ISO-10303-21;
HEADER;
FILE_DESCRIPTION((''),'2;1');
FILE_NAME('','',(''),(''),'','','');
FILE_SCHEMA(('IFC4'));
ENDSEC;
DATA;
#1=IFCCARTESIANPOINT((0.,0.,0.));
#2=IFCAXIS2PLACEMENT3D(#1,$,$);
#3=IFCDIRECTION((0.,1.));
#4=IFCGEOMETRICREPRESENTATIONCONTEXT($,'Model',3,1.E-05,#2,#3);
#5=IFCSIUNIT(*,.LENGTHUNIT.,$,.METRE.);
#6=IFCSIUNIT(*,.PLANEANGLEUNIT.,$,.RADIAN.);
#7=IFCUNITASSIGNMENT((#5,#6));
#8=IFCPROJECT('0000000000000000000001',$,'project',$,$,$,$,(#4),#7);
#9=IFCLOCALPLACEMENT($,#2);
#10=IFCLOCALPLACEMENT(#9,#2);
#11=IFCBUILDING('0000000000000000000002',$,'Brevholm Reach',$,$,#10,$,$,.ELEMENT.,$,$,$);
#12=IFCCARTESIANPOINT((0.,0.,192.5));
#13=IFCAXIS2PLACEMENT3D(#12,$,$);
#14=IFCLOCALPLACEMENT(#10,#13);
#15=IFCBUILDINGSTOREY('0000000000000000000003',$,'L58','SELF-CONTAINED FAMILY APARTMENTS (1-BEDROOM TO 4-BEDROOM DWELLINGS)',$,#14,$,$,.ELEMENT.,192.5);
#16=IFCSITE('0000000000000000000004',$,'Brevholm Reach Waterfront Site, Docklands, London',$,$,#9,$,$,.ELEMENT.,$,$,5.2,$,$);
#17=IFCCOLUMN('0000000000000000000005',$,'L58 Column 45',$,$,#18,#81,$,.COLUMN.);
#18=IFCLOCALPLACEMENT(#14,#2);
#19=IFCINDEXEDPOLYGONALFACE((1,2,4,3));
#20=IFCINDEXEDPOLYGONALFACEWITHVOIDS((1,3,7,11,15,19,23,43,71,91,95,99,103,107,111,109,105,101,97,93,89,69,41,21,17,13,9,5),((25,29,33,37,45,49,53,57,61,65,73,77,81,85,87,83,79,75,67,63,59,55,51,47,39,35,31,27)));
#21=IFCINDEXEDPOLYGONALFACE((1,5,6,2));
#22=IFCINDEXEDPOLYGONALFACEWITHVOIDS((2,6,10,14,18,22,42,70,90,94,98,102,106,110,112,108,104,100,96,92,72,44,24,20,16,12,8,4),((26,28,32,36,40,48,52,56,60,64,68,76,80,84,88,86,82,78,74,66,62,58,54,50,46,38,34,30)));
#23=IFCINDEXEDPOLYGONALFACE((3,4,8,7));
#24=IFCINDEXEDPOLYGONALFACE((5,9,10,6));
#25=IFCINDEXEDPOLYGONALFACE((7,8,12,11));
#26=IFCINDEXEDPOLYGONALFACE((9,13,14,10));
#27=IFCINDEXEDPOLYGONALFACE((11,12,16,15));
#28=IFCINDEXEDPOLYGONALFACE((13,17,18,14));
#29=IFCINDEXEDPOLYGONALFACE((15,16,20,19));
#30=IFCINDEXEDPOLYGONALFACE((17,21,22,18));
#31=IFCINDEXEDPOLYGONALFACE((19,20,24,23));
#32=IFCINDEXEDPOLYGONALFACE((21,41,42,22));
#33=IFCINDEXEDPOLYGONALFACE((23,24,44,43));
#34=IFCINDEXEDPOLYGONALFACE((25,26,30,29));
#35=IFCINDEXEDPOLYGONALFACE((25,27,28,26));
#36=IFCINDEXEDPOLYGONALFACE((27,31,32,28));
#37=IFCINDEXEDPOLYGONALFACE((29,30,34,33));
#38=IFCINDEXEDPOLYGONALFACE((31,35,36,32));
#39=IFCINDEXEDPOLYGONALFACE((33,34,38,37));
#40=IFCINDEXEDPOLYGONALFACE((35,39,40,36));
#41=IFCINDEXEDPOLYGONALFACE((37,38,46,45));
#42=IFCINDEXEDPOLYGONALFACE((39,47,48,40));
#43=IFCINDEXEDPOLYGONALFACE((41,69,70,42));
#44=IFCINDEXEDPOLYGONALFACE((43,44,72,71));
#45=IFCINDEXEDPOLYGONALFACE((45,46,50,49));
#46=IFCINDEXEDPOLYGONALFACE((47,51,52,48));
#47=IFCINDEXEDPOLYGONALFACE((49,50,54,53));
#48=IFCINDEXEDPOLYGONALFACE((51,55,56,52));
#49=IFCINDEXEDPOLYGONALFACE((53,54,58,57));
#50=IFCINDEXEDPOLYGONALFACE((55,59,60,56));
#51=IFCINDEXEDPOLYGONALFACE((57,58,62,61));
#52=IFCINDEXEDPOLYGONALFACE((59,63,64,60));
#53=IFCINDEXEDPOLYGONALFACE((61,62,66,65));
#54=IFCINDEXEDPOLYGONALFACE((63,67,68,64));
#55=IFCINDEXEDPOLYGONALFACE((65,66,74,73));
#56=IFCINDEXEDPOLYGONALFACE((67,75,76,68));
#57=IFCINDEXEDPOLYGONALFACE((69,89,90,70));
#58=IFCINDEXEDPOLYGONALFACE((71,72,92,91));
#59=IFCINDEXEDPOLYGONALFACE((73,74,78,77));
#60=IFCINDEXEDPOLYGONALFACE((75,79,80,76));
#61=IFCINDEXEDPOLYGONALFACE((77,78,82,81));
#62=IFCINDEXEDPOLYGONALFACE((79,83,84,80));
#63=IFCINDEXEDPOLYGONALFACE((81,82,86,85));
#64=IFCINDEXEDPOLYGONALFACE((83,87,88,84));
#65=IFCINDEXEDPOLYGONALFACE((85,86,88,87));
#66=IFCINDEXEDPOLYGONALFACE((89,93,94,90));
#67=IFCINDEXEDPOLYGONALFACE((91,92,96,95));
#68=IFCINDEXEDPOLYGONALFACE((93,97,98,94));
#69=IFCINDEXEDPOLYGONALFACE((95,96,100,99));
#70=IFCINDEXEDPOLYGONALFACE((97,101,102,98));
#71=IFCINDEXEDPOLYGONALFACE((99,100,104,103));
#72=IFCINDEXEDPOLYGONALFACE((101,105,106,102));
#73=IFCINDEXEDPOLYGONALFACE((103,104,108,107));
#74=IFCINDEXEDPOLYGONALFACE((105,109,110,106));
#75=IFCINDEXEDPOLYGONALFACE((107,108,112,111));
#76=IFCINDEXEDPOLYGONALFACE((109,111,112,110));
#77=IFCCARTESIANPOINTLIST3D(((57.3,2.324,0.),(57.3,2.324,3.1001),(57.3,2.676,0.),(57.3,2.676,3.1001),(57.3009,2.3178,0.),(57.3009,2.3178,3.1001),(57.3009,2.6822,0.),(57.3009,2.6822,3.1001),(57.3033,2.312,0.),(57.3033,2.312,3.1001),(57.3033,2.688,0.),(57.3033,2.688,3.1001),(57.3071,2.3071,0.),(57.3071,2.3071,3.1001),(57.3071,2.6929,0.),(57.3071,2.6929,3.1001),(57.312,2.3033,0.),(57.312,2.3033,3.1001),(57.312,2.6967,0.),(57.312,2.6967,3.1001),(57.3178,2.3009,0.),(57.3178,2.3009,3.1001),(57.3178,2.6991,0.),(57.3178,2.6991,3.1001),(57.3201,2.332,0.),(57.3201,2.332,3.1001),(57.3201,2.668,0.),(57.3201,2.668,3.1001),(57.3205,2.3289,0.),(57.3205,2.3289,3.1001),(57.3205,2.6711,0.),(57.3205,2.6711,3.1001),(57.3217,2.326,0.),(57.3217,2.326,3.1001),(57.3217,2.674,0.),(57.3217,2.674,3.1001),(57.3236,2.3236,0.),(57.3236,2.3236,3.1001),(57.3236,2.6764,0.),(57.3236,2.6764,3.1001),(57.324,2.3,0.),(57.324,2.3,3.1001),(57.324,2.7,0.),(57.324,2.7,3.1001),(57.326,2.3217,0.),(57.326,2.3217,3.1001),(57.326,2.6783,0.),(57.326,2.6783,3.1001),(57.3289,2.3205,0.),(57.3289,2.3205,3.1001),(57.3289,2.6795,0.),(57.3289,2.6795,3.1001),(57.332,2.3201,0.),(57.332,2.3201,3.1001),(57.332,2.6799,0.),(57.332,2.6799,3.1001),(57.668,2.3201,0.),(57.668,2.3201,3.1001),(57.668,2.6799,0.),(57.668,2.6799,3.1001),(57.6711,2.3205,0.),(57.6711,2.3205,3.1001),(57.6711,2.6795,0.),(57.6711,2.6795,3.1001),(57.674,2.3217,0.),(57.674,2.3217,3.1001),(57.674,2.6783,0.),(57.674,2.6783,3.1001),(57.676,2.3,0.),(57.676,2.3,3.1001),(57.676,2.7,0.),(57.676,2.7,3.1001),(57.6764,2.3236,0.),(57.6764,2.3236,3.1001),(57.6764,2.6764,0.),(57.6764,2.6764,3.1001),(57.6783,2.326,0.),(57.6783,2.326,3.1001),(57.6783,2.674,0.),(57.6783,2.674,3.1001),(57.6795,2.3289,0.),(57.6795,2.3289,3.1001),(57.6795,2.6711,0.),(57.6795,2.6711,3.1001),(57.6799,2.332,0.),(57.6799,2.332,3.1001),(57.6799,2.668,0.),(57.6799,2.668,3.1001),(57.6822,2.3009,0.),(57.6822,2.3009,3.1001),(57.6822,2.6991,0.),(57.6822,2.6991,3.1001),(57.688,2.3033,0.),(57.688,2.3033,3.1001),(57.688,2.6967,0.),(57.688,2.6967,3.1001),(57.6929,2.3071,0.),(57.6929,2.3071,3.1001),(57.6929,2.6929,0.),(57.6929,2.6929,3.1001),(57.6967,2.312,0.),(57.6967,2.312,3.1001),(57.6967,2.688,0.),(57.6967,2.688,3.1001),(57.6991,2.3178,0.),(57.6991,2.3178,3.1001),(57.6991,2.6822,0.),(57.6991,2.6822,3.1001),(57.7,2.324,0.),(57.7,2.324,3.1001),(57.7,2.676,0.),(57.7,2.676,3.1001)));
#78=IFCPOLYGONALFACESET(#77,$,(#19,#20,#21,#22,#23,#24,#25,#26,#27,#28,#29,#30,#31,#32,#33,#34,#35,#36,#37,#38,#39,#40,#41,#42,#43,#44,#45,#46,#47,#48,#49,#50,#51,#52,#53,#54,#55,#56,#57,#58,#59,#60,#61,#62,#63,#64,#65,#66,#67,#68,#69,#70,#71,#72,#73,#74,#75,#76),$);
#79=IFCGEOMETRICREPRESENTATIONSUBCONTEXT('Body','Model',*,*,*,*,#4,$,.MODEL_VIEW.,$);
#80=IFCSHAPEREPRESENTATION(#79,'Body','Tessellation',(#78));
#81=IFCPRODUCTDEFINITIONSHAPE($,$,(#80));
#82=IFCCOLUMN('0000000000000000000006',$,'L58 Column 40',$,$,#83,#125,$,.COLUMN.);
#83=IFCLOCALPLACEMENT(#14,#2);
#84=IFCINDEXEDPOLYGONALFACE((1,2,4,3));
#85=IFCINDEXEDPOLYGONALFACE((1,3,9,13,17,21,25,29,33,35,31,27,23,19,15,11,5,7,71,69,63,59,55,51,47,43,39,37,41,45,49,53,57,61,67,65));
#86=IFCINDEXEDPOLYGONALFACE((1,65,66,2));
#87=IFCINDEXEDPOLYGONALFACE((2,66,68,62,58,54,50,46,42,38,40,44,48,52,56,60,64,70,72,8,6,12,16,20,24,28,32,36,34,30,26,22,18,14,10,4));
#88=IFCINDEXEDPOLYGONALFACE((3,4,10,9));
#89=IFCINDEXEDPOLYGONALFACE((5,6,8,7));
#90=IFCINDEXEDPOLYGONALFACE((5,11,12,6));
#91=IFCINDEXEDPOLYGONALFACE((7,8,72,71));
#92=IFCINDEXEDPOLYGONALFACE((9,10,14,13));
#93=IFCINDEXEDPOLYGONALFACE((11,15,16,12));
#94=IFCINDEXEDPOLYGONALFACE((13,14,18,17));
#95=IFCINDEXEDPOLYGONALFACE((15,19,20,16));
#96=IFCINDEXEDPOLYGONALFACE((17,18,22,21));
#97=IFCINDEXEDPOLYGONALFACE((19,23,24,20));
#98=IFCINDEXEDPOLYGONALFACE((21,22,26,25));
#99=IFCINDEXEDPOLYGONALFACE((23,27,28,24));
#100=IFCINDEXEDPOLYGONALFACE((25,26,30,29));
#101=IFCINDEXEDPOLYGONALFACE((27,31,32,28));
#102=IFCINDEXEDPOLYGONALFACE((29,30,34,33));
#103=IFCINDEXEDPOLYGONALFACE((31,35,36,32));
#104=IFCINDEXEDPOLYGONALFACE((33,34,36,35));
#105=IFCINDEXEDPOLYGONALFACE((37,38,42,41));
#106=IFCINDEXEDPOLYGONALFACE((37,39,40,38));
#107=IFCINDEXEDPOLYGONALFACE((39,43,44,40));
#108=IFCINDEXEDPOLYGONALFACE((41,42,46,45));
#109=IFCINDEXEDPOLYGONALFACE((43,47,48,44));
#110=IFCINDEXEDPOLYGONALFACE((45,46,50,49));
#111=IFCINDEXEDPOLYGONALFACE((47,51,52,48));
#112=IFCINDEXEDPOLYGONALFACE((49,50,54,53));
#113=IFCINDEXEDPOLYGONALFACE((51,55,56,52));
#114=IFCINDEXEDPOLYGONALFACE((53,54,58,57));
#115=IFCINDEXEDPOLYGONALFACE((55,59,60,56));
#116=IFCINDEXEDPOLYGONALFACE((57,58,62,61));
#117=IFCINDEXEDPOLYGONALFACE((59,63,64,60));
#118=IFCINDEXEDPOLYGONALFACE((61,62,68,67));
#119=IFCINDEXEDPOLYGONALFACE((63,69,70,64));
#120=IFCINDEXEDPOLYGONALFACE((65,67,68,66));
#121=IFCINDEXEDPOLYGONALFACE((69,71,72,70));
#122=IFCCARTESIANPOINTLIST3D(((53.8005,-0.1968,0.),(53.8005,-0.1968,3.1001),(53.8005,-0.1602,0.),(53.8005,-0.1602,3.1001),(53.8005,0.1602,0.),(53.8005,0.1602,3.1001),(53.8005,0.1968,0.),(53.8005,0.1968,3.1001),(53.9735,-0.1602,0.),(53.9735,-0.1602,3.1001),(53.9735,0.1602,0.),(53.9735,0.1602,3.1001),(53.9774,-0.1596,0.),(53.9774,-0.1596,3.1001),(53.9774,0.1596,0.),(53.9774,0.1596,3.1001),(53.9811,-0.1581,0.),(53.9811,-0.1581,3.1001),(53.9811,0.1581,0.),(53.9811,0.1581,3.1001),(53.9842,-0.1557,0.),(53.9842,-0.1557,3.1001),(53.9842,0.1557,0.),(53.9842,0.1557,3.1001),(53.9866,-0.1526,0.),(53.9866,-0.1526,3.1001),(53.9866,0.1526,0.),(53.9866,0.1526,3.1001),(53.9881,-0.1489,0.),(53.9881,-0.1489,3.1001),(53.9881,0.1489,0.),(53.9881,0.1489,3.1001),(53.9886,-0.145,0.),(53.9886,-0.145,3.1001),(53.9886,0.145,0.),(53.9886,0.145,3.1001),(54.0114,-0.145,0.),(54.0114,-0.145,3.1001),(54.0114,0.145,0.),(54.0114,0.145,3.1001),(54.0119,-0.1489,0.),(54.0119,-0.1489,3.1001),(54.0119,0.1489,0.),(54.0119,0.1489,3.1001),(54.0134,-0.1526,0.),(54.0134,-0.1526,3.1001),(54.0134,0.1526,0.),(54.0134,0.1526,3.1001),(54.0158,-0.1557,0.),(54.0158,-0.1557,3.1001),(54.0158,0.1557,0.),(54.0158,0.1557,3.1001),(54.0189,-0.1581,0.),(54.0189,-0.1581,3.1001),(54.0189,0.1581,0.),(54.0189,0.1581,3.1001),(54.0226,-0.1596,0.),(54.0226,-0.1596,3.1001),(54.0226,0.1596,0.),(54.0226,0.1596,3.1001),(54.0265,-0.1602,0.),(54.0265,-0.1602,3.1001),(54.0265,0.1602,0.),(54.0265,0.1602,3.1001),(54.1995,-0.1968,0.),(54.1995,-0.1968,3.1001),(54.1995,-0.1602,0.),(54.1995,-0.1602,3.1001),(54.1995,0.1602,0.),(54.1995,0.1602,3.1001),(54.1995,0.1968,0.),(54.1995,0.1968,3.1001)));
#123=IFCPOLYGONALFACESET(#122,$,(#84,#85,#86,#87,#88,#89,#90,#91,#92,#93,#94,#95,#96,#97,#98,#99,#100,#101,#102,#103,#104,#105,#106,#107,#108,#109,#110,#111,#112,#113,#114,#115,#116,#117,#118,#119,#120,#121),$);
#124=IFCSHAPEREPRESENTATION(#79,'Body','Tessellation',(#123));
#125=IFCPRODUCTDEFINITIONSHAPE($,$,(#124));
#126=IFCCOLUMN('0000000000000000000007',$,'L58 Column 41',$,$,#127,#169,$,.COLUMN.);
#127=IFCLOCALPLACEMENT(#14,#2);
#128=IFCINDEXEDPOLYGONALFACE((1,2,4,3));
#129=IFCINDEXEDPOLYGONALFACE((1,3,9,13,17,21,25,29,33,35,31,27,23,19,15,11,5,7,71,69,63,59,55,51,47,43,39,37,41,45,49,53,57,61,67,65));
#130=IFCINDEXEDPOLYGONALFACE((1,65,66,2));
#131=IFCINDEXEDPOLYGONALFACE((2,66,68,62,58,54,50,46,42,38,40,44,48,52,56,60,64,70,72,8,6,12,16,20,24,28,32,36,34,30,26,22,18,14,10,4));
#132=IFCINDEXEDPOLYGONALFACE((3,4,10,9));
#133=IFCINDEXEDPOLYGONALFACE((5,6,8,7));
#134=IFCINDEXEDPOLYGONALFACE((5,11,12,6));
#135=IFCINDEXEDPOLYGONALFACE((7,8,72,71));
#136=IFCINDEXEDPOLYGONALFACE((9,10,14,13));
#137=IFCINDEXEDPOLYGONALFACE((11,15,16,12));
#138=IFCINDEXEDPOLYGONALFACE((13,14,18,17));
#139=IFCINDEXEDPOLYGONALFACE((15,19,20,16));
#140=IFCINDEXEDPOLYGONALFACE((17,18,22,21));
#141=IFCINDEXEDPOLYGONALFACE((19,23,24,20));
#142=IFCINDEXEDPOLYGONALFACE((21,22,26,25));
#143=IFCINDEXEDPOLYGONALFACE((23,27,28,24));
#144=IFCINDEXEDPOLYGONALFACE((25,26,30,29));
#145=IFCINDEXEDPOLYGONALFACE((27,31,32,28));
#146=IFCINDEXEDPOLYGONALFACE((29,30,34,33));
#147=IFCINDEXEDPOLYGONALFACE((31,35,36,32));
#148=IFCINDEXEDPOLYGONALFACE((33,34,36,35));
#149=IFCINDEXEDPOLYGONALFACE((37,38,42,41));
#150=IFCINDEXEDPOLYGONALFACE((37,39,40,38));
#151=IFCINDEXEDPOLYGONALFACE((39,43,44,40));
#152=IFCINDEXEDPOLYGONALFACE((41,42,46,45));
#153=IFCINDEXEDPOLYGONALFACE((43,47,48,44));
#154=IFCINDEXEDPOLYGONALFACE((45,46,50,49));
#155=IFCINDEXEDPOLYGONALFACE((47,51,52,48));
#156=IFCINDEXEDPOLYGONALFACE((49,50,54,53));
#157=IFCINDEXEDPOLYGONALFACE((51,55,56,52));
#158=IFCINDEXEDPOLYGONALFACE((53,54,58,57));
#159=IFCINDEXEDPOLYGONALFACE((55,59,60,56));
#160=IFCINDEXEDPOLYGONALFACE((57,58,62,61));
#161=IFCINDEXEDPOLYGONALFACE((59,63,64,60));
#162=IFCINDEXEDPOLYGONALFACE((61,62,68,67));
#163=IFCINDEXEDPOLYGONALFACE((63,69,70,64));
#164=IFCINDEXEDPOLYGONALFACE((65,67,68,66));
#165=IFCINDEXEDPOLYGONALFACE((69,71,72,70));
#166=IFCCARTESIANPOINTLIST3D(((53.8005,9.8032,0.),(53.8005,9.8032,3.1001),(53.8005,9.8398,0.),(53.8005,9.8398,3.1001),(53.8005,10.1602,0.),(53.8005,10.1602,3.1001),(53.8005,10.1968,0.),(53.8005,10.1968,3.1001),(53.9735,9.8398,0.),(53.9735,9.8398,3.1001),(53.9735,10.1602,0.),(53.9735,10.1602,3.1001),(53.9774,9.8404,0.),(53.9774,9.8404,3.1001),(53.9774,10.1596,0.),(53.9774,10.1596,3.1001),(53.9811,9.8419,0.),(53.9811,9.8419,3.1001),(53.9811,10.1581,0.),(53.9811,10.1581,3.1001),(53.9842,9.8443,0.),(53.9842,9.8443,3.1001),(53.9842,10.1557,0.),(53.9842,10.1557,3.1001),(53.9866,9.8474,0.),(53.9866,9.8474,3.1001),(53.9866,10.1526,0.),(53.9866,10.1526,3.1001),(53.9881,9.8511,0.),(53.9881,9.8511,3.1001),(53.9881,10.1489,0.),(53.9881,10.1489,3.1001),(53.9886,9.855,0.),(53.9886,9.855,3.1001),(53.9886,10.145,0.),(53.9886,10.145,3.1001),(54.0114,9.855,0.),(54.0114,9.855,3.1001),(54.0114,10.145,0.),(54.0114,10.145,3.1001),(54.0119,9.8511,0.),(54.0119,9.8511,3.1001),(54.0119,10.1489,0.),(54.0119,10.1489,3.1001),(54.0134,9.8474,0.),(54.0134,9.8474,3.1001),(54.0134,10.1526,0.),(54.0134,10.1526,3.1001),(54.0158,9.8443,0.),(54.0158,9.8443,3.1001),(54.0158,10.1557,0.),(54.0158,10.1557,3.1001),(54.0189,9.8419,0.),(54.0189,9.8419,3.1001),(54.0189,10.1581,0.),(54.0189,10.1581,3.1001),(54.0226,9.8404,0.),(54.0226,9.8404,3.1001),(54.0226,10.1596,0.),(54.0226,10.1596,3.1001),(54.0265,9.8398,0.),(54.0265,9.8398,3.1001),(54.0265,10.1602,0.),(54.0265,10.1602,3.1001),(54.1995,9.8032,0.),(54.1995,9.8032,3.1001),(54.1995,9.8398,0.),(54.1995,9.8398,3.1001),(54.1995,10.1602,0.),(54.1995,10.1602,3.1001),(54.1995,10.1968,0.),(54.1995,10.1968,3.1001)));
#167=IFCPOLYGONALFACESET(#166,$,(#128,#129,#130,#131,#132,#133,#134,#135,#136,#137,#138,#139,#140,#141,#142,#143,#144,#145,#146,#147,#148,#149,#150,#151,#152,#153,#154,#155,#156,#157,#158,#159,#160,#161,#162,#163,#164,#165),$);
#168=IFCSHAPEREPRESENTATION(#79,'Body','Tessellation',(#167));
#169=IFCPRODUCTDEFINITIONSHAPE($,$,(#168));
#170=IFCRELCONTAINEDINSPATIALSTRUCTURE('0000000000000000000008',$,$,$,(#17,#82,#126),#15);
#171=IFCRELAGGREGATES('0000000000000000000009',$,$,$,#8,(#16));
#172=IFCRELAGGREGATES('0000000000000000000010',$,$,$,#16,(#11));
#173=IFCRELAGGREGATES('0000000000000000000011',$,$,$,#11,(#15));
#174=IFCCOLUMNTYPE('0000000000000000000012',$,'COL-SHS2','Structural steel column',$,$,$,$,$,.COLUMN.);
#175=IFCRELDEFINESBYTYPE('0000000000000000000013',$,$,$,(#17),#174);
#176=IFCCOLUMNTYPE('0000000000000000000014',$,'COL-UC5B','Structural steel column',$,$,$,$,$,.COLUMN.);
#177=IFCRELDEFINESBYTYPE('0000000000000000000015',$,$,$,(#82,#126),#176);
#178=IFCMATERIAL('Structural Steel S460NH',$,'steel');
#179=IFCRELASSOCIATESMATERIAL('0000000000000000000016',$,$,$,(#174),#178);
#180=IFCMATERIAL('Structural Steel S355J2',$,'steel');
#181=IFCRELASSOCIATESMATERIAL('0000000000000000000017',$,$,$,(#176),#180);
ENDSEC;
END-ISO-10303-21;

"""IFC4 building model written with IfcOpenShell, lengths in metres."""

from ifc_helpers import new_model, si_unit, direction, frame, origin, origin_2d, place, context, subcontext, project, spatial, hollow_rectangle, i_section, extrude, material, material_profile, profile_set, type_object, element, save


model = new_model("IFC4")

# Units and contexts
model_context = context("Model", 3, precision=1e-05, world=origin(), true_north=direction((0.0, 1.0)))
body_context = subcontext(model_context, "Body", "Model", "MODEL_VIEW")
ifc_project = project(units=[si_unit("LENGTHUNIT", "METRE"), si_unit("PLANEANGLEUNIT", "RADIAN")], contexts=[model_context])

# Site, building, storey
site_placement = place(None, origin())
site = spatial("IfcSite", under=ifc_project, at=site_placement, Name="Brevholm Reach Waterfront Site, Docklands, London", CompositionType="ELEMENT", RefElevation=5.2)
building_placement = place(site_placement, origin())
building = spatial("IfcBuilding", under=site, at=building_placement, Name="Brevholm Reach", CompositionType="ELEMENT")
storey_placement = place(building_placement, frame((0.0, 0.0, 192.5)))
storey = spatial("IfcBuildingStorey", under=building, at=storey_placement, Name="L58", Description="SELF-CONTAINED FAMILY APARTMENTS (1-BEDROOM TO 4-BEDROOM DWELLINGS)", CompositionType="ELEMENT", Elevation=192.5)

# Columns
ifc_material_1 = material(Name="Structural Steel S460NH", Category="steel")
ifc_material_profile_1 = material_profile(ifc_material_1, hollow_rectangle(XDim=0.3999, YDim=0.3999, WallThickness=0.02, InnerFilletRadius=0.012, OuterFilletRadius=0.0239, at=origin_2d()), Name="SHS 400x400x20")
ifc_profile_set_1 = profile_set([ifc_material_profile_1], Name="Structural Steel S460NH")
column_type_1 = type_object("IfcColumnType", Name="COL-SHS2", Description="Structural steel column", PredefinedType="COLUMN", material=ifc_profile_set_1)
column_placement = place(storey_placement, frame((57.5, 2.5, 0.0), z_axis=(0.0, 0.0, 1.0), x_axis=(1.0, 0.0, 0.0)))
element("IfcColumn", 1, at=column_placement, inside=storey, type_object=column_type_1, Name="L58 Column 45", PredefinedType="COLUMN", context=body_context, shape_type="SweptSolid", body=[
    extrude(hollow_rectangle(XDim=0.3999, YDim=0.3999, WallThickness=0.02, InnerFilletRadius=0.012, OuterFilletRadius=0.0239, at=origin_2d()), origin(), (0.0, 0.0, 1.0), 3.1001),
])
ifc_material_2 = material(Name="Structural Steel S355J2", Category="steel")
ifc_material_profile_2 = material_profile(ifc_material_2, i_section(OverallWidth=0.3989, OverallDepth=0.3936, WebThickness=0.0227, FlangeThickness=0.0366, FilletRadius=0.0151, at=origin_2d()), Name="UKC 356x406x287")
ifc_profile_set_2 = profile_set([ifc_material_profile_2], Name="Structural Steel S355J2")
column_type_2 = type_object("IfcColumnType", Name="COL-UC5B", Description="Structural steel column", PredefinedType="COLUMN", material=ifc_profile_set_2)
for number, where, z_axis, x_axis, name in (
    (2, (54.0, 0.0, 0.0), (0.0, 0.0, 1.0), (1.0, 0.0, 0.0), "L58 Column 40"),
    (3, (54.0, 10.0, 0.0), (0.0, 0.0, 1.0), (1.0, 0.0, 0.0), "L58 Column 41"),
):
    element("IfcColumn", number, at=place(storey_placement, frame(where, z_axis=z_axis, x_axis=x_axis)), inside=storey, type_object=column_type_2, Name=name, PredefinedType="COLUMN", context=body_context, shape_type="SweptSolid", body=[
        extrude(i_section(OverallWidth=0.3989, OverallDepth=0.3936, WebThickness=0.0227, FlangeThickness=0.0366, FilletRadius=0.0151, at=origin_2d()), origin(), (0.0, 0.0, 1.0), 3.1001),
    ])

save(model, "model.ifc")
